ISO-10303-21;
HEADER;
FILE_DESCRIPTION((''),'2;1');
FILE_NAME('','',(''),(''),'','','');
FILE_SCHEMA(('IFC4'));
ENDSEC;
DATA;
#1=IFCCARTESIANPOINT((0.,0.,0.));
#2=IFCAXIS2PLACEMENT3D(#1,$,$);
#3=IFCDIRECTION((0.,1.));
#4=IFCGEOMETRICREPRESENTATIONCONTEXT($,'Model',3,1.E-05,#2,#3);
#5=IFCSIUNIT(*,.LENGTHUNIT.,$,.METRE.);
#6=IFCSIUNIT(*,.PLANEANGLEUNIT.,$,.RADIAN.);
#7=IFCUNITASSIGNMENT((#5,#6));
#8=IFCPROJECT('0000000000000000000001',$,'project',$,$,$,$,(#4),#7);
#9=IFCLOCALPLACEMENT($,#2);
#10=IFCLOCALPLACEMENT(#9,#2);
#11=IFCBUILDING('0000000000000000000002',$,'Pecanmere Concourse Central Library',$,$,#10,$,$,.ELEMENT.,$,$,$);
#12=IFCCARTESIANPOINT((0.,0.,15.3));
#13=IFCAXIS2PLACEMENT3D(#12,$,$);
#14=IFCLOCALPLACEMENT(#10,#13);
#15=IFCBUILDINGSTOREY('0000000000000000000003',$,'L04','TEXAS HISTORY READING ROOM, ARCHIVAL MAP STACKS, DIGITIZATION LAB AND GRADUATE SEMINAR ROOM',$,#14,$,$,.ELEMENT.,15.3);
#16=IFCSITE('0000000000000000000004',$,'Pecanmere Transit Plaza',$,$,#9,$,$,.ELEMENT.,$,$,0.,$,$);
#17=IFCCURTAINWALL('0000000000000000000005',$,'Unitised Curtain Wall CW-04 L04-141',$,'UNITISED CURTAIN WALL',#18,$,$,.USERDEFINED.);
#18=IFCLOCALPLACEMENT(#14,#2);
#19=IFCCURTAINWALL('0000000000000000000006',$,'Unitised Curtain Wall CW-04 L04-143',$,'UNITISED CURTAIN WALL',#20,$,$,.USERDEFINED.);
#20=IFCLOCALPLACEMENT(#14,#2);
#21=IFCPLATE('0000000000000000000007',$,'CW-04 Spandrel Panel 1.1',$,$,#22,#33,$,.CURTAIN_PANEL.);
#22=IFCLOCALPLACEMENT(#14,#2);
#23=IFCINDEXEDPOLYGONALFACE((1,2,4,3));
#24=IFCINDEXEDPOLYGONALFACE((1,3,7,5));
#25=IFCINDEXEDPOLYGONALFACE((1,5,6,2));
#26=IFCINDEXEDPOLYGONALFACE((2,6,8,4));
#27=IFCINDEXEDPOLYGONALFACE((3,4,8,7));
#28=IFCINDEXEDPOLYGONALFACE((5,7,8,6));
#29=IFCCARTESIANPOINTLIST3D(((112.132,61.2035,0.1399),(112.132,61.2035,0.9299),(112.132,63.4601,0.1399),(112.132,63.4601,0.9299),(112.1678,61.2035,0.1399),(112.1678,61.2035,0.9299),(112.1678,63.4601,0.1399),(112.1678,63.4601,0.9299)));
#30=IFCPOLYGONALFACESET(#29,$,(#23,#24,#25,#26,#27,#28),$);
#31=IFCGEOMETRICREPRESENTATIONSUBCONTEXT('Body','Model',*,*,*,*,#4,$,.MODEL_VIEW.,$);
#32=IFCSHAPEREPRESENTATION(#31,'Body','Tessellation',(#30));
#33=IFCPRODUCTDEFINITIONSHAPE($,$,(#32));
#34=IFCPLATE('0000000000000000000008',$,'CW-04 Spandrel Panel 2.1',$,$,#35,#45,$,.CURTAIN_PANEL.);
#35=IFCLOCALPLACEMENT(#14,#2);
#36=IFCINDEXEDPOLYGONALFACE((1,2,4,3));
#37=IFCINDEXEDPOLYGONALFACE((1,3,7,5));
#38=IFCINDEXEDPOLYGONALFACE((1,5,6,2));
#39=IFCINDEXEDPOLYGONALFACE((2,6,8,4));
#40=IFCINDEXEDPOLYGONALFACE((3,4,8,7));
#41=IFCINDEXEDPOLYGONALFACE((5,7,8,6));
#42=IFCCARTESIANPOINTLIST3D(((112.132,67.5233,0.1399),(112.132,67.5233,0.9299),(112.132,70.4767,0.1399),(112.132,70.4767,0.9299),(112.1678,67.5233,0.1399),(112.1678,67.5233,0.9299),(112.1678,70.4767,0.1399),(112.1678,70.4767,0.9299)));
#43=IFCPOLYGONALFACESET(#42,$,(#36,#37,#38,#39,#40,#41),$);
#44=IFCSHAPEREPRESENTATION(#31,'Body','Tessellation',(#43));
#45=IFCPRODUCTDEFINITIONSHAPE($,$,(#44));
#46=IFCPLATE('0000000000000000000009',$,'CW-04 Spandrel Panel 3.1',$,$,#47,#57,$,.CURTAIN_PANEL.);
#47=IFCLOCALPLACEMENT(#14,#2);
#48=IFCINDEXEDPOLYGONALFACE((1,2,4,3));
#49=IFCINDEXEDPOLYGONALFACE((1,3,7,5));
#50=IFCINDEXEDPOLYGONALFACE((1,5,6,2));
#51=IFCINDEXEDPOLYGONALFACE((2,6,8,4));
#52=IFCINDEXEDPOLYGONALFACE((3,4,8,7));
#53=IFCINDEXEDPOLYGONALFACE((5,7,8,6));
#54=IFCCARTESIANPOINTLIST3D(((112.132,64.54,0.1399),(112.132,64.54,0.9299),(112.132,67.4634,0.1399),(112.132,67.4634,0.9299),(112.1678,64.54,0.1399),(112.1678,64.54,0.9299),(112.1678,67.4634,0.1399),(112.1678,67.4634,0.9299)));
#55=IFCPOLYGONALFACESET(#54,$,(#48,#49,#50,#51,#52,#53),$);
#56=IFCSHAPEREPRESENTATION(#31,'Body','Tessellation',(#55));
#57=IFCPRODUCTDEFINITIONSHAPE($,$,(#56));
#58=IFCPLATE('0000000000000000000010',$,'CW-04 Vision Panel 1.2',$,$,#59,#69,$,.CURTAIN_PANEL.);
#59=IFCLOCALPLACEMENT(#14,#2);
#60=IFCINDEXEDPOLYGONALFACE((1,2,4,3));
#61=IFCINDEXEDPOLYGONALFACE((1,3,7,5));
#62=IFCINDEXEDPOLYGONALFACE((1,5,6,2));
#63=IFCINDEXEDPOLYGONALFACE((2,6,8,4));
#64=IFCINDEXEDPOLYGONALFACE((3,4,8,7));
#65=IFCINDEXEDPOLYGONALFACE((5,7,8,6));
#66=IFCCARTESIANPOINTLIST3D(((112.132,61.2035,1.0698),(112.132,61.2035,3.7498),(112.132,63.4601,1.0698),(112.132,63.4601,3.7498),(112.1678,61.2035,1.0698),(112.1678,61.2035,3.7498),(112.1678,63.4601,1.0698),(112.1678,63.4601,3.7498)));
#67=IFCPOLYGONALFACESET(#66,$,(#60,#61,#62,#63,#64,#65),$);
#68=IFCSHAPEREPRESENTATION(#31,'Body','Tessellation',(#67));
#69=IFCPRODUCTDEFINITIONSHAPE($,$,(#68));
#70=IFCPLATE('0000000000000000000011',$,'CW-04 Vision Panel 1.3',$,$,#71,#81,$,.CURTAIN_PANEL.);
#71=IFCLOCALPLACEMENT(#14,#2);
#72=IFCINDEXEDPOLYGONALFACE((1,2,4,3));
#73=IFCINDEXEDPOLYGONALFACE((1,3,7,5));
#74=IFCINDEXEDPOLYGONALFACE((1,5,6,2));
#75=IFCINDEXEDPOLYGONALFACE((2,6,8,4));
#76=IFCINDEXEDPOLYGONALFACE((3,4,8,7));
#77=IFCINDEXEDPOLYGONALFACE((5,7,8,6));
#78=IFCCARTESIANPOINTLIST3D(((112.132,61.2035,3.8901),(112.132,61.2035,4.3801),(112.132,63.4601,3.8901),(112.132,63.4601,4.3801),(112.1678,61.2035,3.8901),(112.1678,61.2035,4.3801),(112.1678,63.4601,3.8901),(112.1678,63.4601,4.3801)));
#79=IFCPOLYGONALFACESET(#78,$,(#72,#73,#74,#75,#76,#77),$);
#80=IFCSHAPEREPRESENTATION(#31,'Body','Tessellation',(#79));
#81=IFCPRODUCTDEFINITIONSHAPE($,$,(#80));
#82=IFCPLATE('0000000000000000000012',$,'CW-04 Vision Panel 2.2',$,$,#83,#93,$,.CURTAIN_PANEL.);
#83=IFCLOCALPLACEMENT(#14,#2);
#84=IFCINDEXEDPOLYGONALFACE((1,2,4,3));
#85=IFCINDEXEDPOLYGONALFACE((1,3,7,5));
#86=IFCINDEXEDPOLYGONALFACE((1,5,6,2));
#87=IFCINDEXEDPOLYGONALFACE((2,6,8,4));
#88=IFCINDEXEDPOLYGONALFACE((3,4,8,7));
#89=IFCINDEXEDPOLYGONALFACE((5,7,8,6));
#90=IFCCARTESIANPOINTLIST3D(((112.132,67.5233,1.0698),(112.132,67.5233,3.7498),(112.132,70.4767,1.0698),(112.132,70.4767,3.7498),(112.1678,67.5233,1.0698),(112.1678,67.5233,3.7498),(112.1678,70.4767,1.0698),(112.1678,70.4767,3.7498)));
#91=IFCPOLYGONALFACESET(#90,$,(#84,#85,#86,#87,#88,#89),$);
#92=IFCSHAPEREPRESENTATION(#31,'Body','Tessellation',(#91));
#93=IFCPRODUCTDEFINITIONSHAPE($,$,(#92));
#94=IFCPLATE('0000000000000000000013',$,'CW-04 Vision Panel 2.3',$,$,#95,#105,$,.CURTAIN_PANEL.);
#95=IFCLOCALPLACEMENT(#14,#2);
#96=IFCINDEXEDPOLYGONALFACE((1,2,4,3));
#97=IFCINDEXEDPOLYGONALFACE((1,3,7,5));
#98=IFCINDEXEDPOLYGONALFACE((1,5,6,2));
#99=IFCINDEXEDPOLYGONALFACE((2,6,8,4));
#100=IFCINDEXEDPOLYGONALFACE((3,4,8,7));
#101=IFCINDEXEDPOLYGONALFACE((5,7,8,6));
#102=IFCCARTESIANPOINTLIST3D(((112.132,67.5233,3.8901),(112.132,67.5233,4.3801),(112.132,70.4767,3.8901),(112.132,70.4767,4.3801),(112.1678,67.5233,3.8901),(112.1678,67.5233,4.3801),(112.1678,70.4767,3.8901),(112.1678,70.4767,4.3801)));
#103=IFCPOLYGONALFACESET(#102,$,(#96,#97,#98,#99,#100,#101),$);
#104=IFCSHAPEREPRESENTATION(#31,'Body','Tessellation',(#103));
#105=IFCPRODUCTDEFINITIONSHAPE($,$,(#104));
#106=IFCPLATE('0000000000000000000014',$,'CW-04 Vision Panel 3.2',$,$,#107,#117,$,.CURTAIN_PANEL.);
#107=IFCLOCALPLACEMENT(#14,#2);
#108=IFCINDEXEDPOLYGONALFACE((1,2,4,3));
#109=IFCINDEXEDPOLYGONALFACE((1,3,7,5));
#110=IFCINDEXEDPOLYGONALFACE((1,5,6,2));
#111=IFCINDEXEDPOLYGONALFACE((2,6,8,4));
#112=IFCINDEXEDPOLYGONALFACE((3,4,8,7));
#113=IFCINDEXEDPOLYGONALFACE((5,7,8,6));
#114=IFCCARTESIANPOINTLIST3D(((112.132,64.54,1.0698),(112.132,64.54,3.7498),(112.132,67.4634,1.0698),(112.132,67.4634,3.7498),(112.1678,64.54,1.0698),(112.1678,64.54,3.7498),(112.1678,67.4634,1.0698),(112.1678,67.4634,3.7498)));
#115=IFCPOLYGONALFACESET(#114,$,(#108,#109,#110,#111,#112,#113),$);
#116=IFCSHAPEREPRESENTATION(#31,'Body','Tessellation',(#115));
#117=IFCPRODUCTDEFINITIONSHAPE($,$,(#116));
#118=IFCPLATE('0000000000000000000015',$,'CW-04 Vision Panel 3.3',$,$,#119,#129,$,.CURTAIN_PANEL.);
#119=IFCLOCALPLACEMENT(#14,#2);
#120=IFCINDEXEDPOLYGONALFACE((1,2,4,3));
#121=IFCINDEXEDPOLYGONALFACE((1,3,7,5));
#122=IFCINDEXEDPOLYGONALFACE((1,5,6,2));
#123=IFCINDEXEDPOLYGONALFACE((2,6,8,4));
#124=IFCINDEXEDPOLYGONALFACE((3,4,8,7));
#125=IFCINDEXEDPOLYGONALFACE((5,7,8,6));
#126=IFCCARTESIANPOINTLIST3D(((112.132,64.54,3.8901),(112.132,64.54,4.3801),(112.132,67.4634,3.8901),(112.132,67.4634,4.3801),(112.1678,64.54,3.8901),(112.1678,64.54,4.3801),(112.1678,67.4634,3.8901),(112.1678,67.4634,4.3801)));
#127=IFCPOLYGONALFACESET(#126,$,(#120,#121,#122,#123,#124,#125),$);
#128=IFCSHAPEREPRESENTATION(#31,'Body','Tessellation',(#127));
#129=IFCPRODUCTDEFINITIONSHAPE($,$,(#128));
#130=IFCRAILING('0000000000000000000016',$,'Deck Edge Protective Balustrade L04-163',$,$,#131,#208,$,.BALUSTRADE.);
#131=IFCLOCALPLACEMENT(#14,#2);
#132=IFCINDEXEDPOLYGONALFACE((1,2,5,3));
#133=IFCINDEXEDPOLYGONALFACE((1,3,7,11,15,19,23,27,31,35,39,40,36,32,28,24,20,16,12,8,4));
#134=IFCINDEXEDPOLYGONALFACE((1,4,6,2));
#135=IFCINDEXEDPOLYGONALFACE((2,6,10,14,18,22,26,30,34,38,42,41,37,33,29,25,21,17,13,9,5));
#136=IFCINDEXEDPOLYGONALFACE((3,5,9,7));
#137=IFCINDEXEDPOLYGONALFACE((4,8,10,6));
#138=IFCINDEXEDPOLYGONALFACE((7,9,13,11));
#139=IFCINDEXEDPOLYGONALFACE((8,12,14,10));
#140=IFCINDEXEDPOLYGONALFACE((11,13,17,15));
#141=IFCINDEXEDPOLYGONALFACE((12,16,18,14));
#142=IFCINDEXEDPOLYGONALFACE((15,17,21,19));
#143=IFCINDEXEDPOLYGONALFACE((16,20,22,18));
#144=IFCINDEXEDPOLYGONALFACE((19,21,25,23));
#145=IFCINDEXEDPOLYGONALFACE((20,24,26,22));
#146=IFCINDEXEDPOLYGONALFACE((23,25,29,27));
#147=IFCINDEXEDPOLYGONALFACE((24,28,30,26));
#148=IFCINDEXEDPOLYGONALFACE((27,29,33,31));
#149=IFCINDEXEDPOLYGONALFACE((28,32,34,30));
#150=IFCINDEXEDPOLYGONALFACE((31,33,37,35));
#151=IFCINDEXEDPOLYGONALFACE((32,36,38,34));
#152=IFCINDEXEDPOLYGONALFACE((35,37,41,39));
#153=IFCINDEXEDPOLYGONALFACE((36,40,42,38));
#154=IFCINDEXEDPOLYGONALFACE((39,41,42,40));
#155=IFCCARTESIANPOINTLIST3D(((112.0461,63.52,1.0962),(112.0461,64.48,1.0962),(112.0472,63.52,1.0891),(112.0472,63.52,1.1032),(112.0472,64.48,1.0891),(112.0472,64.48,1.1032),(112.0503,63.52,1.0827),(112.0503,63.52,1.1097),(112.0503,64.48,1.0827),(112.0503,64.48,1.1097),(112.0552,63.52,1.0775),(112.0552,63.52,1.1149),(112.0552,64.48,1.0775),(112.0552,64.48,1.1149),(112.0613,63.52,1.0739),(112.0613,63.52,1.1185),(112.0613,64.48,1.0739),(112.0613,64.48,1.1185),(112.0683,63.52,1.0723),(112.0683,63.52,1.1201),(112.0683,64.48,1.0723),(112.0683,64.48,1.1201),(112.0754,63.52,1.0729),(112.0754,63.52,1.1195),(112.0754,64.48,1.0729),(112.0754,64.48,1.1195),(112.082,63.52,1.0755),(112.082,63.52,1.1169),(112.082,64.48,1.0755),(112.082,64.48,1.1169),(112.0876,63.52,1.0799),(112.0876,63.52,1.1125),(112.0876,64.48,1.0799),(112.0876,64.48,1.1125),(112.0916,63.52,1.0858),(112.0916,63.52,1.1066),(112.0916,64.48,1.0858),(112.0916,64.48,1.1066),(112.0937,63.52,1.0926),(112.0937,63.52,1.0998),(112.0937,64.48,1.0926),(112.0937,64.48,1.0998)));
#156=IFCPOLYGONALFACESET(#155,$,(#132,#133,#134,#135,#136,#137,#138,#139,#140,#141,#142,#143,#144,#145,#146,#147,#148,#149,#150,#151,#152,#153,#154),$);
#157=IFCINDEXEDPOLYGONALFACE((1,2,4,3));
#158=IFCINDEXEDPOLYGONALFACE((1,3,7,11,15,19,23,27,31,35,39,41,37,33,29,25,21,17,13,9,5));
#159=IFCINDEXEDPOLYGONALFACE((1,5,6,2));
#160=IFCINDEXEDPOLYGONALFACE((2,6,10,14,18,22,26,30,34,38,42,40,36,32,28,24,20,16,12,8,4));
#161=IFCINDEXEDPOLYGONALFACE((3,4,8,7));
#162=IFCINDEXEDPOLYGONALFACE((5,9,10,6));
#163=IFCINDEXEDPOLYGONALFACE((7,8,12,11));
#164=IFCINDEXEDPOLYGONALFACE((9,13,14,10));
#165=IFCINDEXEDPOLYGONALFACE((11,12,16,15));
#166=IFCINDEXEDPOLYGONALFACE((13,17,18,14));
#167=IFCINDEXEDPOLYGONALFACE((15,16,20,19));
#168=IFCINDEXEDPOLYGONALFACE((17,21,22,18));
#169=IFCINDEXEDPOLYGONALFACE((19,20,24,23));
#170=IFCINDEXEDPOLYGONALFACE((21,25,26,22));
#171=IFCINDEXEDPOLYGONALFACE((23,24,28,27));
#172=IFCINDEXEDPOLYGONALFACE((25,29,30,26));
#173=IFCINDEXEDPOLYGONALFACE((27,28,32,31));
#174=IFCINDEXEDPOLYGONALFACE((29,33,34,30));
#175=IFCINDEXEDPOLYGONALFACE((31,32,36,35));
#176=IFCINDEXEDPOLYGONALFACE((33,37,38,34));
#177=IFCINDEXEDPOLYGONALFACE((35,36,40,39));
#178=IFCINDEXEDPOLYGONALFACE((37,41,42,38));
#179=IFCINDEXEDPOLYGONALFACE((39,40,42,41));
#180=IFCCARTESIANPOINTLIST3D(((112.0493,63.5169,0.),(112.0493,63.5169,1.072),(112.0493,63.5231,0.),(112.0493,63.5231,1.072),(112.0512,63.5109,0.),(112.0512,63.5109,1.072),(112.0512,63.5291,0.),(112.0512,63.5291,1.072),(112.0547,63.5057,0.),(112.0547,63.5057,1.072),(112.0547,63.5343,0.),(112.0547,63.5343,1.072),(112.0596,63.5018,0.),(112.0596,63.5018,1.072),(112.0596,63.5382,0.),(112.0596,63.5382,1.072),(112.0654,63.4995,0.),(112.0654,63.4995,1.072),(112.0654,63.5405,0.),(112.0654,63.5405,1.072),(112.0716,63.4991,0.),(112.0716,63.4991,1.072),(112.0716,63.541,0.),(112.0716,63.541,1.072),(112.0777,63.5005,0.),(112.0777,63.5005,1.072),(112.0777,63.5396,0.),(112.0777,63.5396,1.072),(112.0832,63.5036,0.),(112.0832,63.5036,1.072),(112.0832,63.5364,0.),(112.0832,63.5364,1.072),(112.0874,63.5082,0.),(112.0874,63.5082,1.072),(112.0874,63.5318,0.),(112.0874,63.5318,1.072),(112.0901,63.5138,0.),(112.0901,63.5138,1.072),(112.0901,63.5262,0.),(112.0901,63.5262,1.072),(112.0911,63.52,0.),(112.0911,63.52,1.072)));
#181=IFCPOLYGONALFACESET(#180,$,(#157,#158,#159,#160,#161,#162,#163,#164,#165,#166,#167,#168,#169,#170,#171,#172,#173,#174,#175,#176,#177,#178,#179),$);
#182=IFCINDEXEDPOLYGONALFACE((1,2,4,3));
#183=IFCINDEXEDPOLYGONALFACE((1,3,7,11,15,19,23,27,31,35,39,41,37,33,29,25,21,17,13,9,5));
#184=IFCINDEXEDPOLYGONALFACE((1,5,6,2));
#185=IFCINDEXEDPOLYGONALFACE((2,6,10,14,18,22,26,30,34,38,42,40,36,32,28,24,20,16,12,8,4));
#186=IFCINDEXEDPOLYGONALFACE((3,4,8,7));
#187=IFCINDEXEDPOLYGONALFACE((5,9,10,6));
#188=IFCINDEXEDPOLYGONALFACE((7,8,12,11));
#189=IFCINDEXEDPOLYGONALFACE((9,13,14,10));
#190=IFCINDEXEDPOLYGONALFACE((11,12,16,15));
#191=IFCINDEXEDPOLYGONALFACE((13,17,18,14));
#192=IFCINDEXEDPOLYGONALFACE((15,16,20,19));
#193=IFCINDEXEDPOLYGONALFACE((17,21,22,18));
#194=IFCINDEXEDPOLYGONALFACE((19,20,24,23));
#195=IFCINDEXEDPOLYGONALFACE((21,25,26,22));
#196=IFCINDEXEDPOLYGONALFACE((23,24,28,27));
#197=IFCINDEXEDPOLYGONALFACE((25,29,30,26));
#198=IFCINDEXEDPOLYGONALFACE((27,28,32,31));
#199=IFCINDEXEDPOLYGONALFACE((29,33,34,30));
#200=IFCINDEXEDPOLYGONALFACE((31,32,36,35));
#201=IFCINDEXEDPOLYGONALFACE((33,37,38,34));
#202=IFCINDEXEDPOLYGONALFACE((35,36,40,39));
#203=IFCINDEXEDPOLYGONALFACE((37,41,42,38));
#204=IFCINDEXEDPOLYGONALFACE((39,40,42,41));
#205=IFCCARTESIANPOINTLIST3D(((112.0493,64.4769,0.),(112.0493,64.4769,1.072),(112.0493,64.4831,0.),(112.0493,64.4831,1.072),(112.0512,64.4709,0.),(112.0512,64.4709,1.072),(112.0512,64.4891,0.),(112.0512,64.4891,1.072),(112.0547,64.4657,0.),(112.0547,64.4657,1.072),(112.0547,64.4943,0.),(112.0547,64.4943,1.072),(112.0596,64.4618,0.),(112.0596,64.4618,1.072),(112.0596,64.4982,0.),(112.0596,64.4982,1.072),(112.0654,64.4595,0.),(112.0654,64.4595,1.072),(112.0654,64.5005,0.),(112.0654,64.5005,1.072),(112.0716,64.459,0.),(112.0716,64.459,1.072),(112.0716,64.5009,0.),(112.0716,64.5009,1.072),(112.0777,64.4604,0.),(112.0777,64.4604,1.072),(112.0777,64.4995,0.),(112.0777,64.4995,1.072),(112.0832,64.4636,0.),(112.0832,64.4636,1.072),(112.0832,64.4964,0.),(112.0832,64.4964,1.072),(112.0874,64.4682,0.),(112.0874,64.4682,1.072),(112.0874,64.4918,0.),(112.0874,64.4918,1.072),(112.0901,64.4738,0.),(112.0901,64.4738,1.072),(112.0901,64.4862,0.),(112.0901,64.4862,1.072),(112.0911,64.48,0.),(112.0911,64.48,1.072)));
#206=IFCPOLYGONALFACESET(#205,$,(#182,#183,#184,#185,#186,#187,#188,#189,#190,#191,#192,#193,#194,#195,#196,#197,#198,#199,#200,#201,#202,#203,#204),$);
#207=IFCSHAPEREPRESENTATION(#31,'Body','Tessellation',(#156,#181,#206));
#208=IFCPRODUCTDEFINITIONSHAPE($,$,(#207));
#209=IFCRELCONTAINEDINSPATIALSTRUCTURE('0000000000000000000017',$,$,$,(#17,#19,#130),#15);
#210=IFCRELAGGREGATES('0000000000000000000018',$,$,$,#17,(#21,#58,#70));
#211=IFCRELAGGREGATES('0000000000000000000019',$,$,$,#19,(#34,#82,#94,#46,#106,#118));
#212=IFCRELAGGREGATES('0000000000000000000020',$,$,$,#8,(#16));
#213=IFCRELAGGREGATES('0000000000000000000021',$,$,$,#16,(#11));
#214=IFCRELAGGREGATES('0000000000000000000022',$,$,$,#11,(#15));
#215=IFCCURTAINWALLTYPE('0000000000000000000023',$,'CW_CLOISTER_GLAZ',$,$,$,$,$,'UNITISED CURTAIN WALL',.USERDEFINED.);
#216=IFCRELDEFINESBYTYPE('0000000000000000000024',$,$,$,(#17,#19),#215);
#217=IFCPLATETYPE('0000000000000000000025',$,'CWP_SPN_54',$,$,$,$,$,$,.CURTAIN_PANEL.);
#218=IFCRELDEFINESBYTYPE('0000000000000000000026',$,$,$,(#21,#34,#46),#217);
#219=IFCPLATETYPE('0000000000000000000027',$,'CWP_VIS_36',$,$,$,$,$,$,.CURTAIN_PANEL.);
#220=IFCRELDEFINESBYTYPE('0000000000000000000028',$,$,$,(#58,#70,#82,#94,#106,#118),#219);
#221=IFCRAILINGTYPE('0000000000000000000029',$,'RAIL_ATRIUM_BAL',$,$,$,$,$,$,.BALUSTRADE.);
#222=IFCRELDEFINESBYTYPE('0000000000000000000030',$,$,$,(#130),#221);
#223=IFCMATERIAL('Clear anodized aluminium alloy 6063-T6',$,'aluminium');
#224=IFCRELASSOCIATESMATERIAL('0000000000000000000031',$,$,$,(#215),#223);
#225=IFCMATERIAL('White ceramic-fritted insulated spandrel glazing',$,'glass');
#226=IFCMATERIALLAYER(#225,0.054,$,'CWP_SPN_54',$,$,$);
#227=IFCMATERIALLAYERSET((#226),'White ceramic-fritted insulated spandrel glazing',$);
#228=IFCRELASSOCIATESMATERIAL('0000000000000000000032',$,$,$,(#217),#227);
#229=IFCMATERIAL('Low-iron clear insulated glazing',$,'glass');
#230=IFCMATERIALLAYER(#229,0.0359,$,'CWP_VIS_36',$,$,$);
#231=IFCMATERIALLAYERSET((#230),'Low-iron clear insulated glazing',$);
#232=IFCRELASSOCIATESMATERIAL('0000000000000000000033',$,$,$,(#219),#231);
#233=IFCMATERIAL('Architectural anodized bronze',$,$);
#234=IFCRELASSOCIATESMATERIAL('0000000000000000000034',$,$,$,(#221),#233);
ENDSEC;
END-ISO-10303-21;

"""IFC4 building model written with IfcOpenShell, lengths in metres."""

from ifc_helpers import new_model, si_unit, direction, frame, origin, origin_2d, place, context, subcontext, project, spatial, rectangle, circle, extrude, material, layer, layer_set, type_object, element, aggregate, save


model = new_model("IFC4")

# Units and contexts
model_context = context("Model", 3, precision=1e-05, world=origin(), true_north=direction((0.0, 1.0)))
body_context = subcontext(model_context, "Body", "Model", "MODEL_VIEW")
ifc_project = project(units=[si_unit("LENGTHUNIT", "METRE"), si_unit("PLANEANGLEUNIT", "RADIAN")], contexts=[model_context])

# Site, building, storey
site_placement = place(None, origin())
site = spatial("IfcSite", under=ifc_project, at=site_placement, Name="Pecanmere Transit Plaza", CompositionType="ELEMENT", RefElevation=0.0)
building_placement = place(site_placement, origin())
building = spatial("IfcBuilding", under=site, at=building_placement, Name="Pecanmere Concourse Central Library", CompositionType="ELEMENT")
storey_placement = place(building_placement, frame((0.0, 0.0, 15.3)))
storey = spatial("IfcBuildingStorey", under=building, at=storey_placement, Name="L04", Description="TEXAS HISTORY READING ROOM, ARCHIVAL MAP STACKS, DIGITIZATION LAB AND GRADUATE SEMINAR ROOM", CompositionType="ELEMENT", Elevation=15.3)

# Curtain wall
ifc_material_1 = material(Name="Clear anodized aluminium alloy 6063-T6", Category="aluminium")
curtain_wall_type = type_object("IfcCurtainWallType", Name="CW_CLOISTER_GLAZ", ElementType="UNITISED CURTAIN WALL", PredefinedType="USERDEFINED", material=ifc_material_1)
curtain_wall_1_placement = place(storey_placement, origin())
curtain_wall_1 = element("IfcCurtainWall", 1, at=curtain_wall_1_placement, inside=storey, type_object=curtain_wall_type, Name="Unitised Curtain Wall CW-04 L04-141", ObjectType="UNITISED CURTAIN WALL", PredefinedType="USERDEFINED")

# Curtain wall
curtain_wall_2_placement = place(storey_placement, origin())
curtain_wall_2 = element("IfcCurtainWall", 2, at=curtain_wall_2_placement, inside=storey, type_object=curtain_wall_type, Name="Unitised Curtain Wall CW-04 L04-143", ObjectType="UNITISED CURTAIN WALL", PredefinedType="USERDEFINED")

# Plates
ifc_material_2 = material(Name="White ceramic-fritted insulated spandrel glazing", Category="glass")
ifc_layer_1 = layer(ifc_material_2, 0.054, Name="CWP_SPN_54")
ifc_layer_set_1 = layer_set([ifc_layer_1], Name="White ceramic-fritted insulated spandrel glazing")
plate_type_1 = type_object("IfcPlateType", Name="CWP_SPN_54", PredefinedType="CURTAIN_PANEL", material=ifc_layer_set_1)
plate_1_placement = place(storey_placement, frame((112.1499, 62.3318, 0.1399), z_axis=(0.0, 0.0, 1.0), x_axis=(0.0, -1.0, 0.0)))
plate_1 = element("IfcPlate", 3, at=plate_1_placement, type_object=plate_type_1, Name="CW-04 Spandrel Panel 1.1", PredefinedType="CURTAIN_PANEL", context=body_context, shape_type="SweptSolid", body=[
    extrude(rectangle(XDim=2.2566, YDim=0.0359, at=origin_2d()), origin(), (0.0, 0.0, 1.0), 0.79),
])
plate_2_placement = place(storey_placement, frame((112.1499, 69.0, 0.1399), z_axis=(0.0, 0.0, 1.0), x_axis=(0.0, -1.0, 0.0)))
plate_2 = element("IfcPlate", 4, at=plate_2_placement, type_object=plate_type_1, Name="CW-04 Spandrel Panel 2.1", PredefinedType="CURTAIN_PANEL", context=body_context, shape_type="SweptSolid", body=[
    extrude(rectangle(XDim=2.9534, YDim=0.0359, at=origin_2d()), origin(), (0.0, 0.0, 1.0), 0.79),
])
plate_3_placement = place(storey_placement, frame((112.1499, 66.0017, 0.1399), z_axis=(0.0, 0.0, 1.0), x_axis=(0.0, -1.0, 0.0)))
plate_3 = element("IfcPlate", 5, at=plate_3_placement, type_object=plate_type_1, Name="CW-04 Spandrel Panel 3.1", PredefinedType="CURTAIN_PANEL", context=body_context, shape_type="SweptSolid", body=[
    extrude(rectangle(XDim=2.9233, YDim=0.0359, at=origin_2d()), origin(), (0.0, 0.0, 1.0), 0.79),
])
ifc_material_3 = material(Name="Low-iron clear insulated glazing", Category="glass")
ifc_layer_2 = layer(ifc_material_3, 0.0359, Name="CWP_VIS_36")
ifc_layer_set_2 = layer_set([ifc_layer_2], Name="Low-iron clear insulated glazing")
plate_type_2 = type_object("IfcPlateType", Name="CWP_VIS_36", PredefinedType="CURTAIN_PANEL", material=ifc_layer_set_2)
plate_4_placement = place(storey_placement, frame((112.1499, 62.3318, 1.0698), z_axis=(0.0, 0.0, 1.0), x_axis=(0.0, -1.0, 0.0)))
plate_4 = element("IfcPlate", 6, at=plate_4_placement, type_object=plate_type_2, Name="CW-04 Vision Panel 1.2", PredefinedType="CURTAIN_PANEL", context=body_context, shape_type="SweptSolid", body=[
    extrude(rectangle(XDim=2.2566, YDim=0.0359, at=origin_2d()), origin(), (0.0, 0.0, 1.0), 2.6799),
])
plate_5_placement = place(storey_placement, frame((112.1499, 62.3318, 3.8901), z_axis=(0.0, 0.0, 1.0), x_axis=(0.0, -1.0, 0.0)))
plate_5 = element("IfcPlate", 7, at=plate_5_placement, type_object=plate_type_2, Name="CW-04 Vision Panel 1.3", PredefinedType="CURTAIN_PANEL", context=body_context, shape_type="SweptSolid", body=[
    extrude(rectangle(XDim=2.2566, YDim=0.0359, at=origin_2d()), origin(), (0.0, 0.0, 1.0), 0.49),
])
aggregate(curtain_wall_1, [plate_1, plate_4, plate_5])
plate_6_placement = place(storey_placement, frame((112.1499, 69.0, 1.0698), z_axis=(0.0, 0.0, 1.0), x_axis=(0.0, -1.0, 0.0)))
plate_6 = element("IfcPlate", 8, at=plate_6_placement, type_object=plate_type_2, Name="CW-04 Vision Panel 2.2", PredefinedType="CURTAIN_PANEL", context=body_context, shape_type="SweptSolid", body=[
    extrude(rectangle(XDim=2.9534, YDim=0.0359, at=origin_2d()), origin(), (0.0, 0.0, 1.0), 2.6799),
])
plate_7_placement = place(storey_placement, frame((112.1499, 69.0, 3.8901), z_axis=(0.0, 0.0, 1.0), x_axis=(0.0, -1.0, 0.0)))
plate_7 = element("IfcPlate", 9, at=plate_7_placement, type_object=plate_type_2, Name="CW-04 Vision Panel 2.3", PredefinedType="CURTAIN_PANEL", context=body_context, shape_type="SweptSolid", body=[
    extrude(rectangle(XDim=2.9534, YDim=0.0359, at=origin_2d()), origin(), (0.0, 0.0, 1.0), 0.49),
])
plate_8_placement = place(storey_placement, frame((112.1499, 66.0017, 1.0698), z_axis=(0.0, 0.0, 1.0), x_axis=(0.0, -1.0, 0.0)))
plate_8 = element("IfcPlate", 10, at=plate_8_placement, type_object=plate_type_2, Name="CW-04 Vision Panel 3.2", PredefinedType="CURTAIN_PANEL", context=body_context, shape_type="SweptSolid", body=[
    extrude(rectangle(XDim=2.9233, YDim=0.0359, at=origin_2d()), origin(), (0.0, 0.0, 1.0), 2.6799),
])
plate_9_placement = place(storey_placement, frame((112.1499, 66.0017, 3.8901), z_axis=(0.0, 0.0, 1.0), x_axis=(0.0, -1.0, 0.0)))
plate_9 = element("IfcPlate", 11, at=plate_9_placement, type_object=plate_type_2, Name="CW-04 Vision Panel 3.3", PredefinedType="CURTAIN_PANEL", context=body_context, shape_type="SweptSolid", body=[
    extrude(rectangle(XDim=2.9233, YDim=0.0359, at=origin_2d()), origin(), (0.0, 0.0, 1.0), 0.49),
])
aggregate(curtain_wall_2, [plate_2, plate_6, plate_7, plate_3, plate_8, plate_9])

# Railing
ifc_material_4 = material(Name="Architectural anodized bronze")
railing_type = type_object("IfcRailingType", Name="RAIL_ATRIUM_BAL", PredefinedType="BALUSTRADE", material=ifc_material_4)
for number, where, name in (
    (12, (112.0701, 63.52, 0.0), "Deck Edge Protective Balustrade L04-163"),
):
    element("IfcRailing", number, at=place(storey_placement, frame(where)), inside=storey, type_object=railing_type, Name=name, PredefinedType="BALUSTRADE", context=body_context, shape_type="SweptSolid", body=[
        extrude(circle(Radius=0.0239, at=origin_2d()), frame((0.0, 0.0, 1.0962), z_axis=(0.0, 1.0, 0.0), x_axis=(-1.0, 0.0, 0.0)), (0.0, 0.0, 1.0), 0.96),
        extrude(circle(Radius=0.021, at=origin_2d()), origin(), (0.0, 0.0, 1.0), 1.072),
        extrude(circle(Radius=0.021, at=origin_2d()), frame((0.0, 0.96, 0.0)), (0.0, 0.0, 1.0), 1.072),
    ])

save(model, "model.ifc")
